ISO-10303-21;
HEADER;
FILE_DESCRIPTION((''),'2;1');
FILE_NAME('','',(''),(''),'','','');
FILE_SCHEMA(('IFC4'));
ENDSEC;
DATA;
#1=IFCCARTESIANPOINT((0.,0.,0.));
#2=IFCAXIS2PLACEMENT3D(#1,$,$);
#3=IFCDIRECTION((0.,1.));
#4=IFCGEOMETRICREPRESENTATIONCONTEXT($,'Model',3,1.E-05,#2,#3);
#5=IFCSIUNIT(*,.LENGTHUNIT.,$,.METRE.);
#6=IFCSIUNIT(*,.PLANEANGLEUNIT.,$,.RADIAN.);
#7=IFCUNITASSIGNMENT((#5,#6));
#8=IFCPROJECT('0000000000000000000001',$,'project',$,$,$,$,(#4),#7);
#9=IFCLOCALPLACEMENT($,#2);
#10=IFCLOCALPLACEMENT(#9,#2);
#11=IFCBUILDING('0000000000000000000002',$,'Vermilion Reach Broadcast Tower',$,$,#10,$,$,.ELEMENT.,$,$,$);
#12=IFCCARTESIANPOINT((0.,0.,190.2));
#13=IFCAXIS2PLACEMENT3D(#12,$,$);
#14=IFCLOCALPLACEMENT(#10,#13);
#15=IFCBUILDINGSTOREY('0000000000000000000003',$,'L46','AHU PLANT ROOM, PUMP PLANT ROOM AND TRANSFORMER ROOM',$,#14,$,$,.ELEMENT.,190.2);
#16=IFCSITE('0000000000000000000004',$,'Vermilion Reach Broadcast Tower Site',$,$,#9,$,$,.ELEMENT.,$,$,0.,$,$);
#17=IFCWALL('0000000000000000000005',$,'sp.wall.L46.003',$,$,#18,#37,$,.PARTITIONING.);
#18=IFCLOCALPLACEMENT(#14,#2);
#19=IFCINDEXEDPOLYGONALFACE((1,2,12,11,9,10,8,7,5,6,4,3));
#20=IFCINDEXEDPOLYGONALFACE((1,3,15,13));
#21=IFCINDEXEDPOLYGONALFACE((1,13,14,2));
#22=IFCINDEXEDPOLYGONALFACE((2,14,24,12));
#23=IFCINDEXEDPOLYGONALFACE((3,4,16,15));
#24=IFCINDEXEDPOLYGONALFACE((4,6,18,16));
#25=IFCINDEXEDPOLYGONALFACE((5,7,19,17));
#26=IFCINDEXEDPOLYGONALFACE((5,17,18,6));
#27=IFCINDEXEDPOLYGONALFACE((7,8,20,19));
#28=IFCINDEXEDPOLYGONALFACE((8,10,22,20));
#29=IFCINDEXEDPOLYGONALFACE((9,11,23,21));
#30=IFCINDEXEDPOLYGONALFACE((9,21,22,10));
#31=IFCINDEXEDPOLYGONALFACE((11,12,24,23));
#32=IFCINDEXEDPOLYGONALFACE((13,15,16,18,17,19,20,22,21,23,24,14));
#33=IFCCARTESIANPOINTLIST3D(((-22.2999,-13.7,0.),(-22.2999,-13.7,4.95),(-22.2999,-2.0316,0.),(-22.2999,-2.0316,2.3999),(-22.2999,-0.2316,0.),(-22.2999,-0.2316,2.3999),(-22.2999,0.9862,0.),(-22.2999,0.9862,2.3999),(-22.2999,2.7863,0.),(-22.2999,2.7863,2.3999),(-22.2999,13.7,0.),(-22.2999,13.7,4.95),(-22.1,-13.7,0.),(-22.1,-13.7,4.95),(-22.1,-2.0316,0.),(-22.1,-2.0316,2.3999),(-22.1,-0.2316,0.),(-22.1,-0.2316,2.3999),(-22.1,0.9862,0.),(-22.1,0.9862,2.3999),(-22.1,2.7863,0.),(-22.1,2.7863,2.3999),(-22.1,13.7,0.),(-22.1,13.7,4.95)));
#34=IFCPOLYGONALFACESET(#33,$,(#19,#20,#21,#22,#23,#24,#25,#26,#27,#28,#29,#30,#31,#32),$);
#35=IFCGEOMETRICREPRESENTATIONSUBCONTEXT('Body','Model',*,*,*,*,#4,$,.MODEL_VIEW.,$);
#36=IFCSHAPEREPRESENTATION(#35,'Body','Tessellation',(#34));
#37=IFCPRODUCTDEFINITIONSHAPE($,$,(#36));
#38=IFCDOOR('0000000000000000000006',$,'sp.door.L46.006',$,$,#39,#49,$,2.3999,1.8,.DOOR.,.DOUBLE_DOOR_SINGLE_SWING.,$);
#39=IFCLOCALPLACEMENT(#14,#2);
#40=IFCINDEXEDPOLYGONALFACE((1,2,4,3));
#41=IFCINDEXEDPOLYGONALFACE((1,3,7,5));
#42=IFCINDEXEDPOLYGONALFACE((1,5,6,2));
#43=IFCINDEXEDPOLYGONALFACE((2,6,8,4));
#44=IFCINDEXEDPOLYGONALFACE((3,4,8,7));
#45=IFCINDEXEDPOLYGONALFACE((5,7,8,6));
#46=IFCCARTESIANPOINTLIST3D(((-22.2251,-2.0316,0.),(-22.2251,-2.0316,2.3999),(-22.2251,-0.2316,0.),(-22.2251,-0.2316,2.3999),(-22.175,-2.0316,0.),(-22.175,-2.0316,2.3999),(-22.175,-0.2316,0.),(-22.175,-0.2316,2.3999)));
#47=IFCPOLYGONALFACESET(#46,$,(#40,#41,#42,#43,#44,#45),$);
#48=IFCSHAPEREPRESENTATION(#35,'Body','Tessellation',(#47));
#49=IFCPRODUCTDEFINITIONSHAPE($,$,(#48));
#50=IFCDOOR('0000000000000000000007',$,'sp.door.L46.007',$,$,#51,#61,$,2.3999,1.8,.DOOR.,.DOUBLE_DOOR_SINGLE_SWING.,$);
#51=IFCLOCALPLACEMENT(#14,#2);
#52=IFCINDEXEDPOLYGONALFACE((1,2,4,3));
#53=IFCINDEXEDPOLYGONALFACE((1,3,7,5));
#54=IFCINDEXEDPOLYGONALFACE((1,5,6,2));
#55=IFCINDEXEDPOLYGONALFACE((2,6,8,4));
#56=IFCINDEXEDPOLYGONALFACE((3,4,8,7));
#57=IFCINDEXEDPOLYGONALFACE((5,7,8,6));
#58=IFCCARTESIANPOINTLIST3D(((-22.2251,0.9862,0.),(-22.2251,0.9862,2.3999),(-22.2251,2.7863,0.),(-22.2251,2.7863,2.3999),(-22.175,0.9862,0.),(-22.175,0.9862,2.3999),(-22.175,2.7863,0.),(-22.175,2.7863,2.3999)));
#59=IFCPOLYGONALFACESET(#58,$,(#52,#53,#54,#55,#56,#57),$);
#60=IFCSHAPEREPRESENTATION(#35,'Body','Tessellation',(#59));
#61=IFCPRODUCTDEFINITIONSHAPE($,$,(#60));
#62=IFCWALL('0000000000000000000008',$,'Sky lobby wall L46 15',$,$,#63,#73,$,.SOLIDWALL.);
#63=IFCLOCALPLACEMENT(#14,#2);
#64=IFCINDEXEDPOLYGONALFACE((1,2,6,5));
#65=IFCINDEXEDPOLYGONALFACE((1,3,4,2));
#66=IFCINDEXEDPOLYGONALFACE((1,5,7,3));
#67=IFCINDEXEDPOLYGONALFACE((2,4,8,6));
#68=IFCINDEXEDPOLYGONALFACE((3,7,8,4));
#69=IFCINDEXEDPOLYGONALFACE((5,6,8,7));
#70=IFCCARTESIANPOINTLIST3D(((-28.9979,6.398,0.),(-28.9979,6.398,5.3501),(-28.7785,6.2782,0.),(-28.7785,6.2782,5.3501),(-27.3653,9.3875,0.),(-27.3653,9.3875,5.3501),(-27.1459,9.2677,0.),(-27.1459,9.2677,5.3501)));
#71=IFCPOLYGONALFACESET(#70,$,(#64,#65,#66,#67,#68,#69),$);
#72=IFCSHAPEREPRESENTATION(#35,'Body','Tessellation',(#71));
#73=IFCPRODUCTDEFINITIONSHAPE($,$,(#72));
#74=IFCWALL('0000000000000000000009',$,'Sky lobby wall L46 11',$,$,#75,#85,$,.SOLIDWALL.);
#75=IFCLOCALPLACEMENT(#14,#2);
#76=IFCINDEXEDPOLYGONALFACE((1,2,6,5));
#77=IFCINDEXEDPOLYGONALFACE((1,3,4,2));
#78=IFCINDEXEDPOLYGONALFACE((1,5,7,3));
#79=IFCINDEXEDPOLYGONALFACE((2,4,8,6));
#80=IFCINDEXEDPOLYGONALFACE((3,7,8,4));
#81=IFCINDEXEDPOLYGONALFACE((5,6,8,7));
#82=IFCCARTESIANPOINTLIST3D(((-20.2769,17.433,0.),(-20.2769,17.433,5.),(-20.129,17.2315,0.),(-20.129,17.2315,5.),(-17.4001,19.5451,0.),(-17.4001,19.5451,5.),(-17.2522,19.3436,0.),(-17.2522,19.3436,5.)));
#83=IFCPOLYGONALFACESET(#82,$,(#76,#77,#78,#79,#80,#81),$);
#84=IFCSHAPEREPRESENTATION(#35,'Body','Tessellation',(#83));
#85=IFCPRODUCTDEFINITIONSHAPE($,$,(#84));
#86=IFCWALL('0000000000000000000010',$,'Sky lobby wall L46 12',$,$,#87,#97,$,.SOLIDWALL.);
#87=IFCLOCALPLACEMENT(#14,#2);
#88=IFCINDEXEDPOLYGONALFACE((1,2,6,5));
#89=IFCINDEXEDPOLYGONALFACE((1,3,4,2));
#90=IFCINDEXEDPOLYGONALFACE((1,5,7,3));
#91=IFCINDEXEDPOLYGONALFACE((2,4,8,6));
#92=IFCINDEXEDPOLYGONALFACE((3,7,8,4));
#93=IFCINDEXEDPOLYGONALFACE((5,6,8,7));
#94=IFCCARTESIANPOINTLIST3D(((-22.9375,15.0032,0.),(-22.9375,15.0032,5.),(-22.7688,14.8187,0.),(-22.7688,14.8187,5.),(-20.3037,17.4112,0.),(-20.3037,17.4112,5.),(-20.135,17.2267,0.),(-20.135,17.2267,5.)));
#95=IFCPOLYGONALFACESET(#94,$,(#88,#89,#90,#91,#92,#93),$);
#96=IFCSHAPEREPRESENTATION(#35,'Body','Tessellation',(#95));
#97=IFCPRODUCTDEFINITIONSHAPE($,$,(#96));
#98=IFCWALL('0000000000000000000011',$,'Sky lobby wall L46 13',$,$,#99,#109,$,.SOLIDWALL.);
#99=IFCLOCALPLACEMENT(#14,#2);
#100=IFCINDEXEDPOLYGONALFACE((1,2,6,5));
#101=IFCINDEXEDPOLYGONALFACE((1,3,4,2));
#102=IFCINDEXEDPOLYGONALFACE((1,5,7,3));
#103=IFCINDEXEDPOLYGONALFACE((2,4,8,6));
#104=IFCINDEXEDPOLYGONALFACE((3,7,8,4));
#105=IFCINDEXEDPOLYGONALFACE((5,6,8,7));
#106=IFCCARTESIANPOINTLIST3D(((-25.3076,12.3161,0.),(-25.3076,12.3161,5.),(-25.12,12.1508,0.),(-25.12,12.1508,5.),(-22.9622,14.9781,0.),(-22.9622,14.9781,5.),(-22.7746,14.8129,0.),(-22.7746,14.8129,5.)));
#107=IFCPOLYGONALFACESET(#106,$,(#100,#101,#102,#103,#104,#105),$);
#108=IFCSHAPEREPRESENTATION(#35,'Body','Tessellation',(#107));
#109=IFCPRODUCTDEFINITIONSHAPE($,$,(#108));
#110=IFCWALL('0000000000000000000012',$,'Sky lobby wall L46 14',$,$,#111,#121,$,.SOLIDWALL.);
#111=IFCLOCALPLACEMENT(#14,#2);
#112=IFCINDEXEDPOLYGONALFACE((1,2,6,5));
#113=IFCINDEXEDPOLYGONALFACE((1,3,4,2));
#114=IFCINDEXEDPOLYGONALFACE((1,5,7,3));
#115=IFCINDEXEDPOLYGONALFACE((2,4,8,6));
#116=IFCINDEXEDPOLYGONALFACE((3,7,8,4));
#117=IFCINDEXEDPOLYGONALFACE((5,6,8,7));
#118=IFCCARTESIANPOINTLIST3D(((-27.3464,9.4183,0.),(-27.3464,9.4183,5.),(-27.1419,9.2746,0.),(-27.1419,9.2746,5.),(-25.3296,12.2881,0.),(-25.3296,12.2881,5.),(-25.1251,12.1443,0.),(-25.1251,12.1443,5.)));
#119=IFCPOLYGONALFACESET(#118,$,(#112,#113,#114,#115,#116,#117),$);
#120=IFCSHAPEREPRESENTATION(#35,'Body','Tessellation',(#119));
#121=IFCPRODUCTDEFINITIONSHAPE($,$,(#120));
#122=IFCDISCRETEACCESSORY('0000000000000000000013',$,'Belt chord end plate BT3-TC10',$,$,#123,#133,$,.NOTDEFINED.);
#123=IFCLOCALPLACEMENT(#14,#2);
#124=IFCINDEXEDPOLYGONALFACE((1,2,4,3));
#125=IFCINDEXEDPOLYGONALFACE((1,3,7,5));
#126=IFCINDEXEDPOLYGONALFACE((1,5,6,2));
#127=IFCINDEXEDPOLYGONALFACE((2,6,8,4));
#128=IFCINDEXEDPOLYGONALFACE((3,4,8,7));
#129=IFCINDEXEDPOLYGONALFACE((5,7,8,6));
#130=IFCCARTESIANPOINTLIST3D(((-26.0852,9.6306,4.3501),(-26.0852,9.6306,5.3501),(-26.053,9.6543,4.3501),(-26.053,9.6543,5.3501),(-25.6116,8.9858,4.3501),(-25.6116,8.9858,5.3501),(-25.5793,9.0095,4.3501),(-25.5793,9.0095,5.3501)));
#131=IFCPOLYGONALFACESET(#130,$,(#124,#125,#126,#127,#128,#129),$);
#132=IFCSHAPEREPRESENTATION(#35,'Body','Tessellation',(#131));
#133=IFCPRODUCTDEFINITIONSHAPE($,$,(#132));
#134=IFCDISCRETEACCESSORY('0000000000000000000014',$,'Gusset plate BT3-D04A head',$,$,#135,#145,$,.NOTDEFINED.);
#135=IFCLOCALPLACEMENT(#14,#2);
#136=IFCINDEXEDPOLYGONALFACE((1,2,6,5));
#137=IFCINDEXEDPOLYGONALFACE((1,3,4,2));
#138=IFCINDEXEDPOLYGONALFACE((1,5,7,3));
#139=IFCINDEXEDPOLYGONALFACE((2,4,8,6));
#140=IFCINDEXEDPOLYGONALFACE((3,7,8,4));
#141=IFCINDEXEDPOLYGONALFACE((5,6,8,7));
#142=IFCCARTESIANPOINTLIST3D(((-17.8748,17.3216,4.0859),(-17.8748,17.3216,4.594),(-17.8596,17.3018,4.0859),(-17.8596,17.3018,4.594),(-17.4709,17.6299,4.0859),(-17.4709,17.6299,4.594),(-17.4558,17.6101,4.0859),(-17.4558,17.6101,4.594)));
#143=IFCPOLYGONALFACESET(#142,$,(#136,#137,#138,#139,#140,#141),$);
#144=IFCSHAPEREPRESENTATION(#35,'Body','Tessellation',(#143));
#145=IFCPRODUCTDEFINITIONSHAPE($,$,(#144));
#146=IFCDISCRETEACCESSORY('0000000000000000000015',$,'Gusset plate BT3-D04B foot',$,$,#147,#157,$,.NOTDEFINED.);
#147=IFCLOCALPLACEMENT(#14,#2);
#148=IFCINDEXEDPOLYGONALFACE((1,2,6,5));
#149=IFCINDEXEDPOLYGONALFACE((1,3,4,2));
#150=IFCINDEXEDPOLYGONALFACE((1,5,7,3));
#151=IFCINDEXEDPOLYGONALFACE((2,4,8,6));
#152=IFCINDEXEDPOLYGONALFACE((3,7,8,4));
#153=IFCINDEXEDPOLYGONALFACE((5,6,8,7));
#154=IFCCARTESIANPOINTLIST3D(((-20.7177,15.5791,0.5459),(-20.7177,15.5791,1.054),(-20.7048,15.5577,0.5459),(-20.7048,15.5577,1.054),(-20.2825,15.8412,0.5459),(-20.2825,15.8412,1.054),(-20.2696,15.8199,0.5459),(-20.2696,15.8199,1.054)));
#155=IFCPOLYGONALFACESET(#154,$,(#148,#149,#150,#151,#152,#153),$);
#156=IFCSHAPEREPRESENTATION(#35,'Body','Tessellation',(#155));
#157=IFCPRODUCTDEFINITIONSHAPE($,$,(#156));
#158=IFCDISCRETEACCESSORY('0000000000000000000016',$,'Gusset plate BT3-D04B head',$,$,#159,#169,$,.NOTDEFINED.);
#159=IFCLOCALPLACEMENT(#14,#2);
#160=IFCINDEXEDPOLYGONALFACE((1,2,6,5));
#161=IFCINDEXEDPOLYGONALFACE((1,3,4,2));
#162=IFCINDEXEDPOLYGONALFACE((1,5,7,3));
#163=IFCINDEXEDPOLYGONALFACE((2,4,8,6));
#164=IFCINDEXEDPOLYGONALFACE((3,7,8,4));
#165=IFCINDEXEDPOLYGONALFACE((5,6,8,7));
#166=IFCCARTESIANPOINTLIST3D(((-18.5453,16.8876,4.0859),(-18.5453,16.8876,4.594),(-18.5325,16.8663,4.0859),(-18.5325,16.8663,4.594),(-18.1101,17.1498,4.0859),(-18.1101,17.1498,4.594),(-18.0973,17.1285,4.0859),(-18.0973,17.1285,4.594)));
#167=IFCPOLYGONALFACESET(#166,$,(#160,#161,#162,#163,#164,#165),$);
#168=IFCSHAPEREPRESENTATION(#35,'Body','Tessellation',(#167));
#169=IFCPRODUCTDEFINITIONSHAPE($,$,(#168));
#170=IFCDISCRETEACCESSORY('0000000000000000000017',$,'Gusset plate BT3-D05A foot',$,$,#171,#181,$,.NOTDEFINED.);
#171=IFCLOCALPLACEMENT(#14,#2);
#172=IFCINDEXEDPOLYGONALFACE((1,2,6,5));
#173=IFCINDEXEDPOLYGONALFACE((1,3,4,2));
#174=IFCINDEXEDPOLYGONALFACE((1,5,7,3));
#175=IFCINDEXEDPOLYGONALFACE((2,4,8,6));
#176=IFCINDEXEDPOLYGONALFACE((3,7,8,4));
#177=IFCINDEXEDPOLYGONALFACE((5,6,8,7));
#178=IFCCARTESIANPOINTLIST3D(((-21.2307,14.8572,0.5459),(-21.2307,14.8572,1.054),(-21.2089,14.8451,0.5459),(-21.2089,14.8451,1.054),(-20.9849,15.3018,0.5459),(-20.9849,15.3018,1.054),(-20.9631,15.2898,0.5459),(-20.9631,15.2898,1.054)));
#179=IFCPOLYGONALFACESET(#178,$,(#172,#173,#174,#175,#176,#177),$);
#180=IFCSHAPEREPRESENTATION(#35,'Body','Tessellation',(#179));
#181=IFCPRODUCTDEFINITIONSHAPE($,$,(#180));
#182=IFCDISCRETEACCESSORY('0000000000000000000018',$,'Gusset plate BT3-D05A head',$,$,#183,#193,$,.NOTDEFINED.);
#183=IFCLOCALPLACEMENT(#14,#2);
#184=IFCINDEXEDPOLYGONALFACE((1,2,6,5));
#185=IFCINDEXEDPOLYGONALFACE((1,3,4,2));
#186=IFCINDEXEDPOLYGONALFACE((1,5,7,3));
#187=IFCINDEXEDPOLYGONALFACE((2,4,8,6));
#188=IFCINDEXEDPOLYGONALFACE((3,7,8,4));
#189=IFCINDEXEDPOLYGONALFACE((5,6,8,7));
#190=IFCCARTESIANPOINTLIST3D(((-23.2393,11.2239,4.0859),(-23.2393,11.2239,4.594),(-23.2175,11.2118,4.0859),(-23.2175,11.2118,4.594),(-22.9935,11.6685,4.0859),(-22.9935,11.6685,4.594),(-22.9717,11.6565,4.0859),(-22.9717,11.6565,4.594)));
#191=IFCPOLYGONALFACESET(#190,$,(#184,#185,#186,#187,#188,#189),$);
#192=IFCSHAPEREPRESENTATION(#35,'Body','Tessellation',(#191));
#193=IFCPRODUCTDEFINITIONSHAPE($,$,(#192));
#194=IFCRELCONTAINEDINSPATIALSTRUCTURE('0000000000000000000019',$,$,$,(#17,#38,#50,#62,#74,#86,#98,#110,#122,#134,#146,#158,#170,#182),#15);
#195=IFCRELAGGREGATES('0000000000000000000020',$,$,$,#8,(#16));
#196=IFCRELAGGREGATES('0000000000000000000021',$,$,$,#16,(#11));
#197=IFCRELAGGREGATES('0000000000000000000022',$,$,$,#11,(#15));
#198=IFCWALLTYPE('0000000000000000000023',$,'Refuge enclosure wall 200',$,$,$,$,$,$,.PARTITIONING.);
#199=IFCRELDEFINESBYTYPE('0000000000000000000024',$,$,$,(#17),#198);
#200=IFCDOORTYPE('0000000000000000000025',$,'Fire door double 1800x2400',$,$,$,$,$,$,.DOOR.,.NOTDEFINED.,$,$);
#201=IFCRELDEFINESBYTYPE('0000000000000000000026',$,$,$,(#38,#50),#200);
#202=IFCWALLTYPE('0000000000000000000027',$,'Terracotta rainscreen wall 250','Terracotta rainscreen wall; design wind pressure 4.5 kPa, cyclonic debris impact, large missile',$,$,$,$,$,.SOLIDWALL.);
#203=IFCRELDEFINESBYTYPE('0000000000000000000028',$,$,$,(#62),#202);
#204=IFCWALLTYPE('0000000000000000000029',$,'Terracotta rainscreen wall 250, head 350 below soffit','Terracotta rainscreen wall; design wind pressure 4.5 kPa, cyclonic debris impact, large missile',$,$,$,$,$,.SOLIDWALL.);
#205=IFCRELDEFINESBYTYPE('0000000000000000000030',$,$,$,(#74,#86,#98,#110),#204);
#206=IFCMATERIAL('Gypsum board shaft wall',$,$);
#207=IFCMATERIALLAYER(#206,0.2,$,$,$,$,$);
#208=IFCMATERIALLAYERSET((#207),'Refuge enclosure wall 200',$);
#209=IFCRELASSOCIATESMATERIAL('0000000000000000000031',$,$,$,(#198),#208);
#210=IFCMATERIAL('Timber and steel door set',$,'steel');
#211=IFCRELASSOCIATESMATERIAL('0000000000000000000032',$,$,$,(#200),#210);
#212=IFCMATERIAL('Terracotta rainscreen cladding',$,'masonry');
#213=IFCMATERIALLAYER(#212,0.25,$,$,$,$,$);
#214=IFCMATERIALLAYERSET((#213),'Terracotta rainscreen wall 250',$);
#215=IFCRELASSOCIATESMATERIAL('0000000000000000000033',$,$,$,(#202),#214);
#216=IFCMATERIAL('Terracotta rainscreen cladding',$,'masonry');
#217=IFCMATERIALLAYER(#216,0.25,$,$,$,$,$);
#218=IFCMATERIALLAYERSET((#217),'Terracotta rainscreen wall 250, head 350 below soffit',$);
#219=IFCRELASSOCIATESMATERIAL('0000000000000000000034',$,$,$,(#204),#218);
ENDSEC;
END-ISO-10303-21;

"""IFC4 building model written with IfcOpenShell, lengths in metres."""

from ifc_helpers import new_model, si_unit, direction, frame, frame_2d, origin, origin_2d, place, context, subcontext, project, spatial, rectangle, extrude, material, layer, layer_set, type_object, element, fill, save


model = new_model("IFC4")

# Units and contexts
model_context = context("Model", 3, precision=1e-05, world=origin(), true_north=direction((0.0, 1.0)))
body_context = subcontext(model_context, "Body", "Model", "MODEL_VIEW")
ifc_project = project(units=[si_unit("LENGTHUNIT", "METRE"), si_unit("PLANEANGLEUNIT", "RADIAN")], contexts=[model_context])

# Site, building, storey
site_placement = place(None, origin())
site = spatial("IfcSite", under=ifc_project, at=site_placement, Name="Vermilion Reach Broadcast Tower Site", CompositionType="ELEMENT", RefElevation=0.0)
building_placement = place(site_placement, origin())
building = spatial("IfcBuilding", under=site, at=building_placement, Name="Vermilion Reach Broadcast Tower", CompositionType="ELEMENT")
storey_placement = place(building_placement, frame((0.0, 0.0, 190.2)))
storey = spatial("IfcBuildingStorey", under=building, at=storey_placement, Name="L46", Description="AHU PLANT ROOM, PUMP PLANT ROOM AND TRANSFORMER ROOM", CompositionType="ELEMENT", Elevation=190.2)

# Wall, openings, doors
ifc_material_1 = material(Name="Gypsum board shaft wall")
ifc_layer_1 = layer(ifc_material_1, 0.2)
ifc_layer_set_1 = layer_set([ifc_layer_1], Name="Refuge enclosure wall 200")
wall_type_1 = type_object("IfcWallType", Name="Refuge enclosure wall 200", PredefinedType="PARTITIONING", material=ifc_layer_set_1)
wall_1_placement = place(storey_placement, frame((-22.2, 13.7, 0.0), z_axis=(0.0, 0.0, 1.0), x_axis=(0.0, -1.0, 0.0)))
wall_1 = element("IfcWall", 1, at=wall_1_placement, inside=storey, type_object=wall_type_1, Name="sp.wall.L46.003", PredefinedType="PARTITIONING", context=body_context, shape_type="SweptSolid", body=[
    extrude(rectangle(XDim=27.3999, YDim=0.2, at=frame_2d((13.7, 0.0))), origin(), (0.0, 0.0, 1.0), 4.95),
])
opening_1_placement = place(wall_1_placement, frame((13.9316, 0.0, 0.0)))
opening_1 = element("IfcOpeningElement", 2, at=opening_1_placement, cuts=wall_1, PredefinedType="OPENING", context=body_context, shape_type="SweptSolid", body=[
    extrude(rectangle(XDim=1.8, YDim=2.3999, at=frame_2d((0.8999, 1.2))), frame((0.0, 0.1099, 0.0), z_axis=(0.0, -1.0, 0.0), x_axis=(1.0, 0.0, 0.0)), (0.0, 0.0, 1.0), 0.22),
])
opening_2_placement = place(wall_1_placement, frame((10.9138, 0.0, 0.0)))
opening_2 = element("IfcOpeningElement", 3, at=opening_2_placement, cuts=wall_1, PredefinedType="OPENING", context=body_context, shape_type="SweptSolid", body=[
    extrude(rectangle(XDim=1.8, YDim=2.3999, at=frame_2d((0.8999, 1.2))), frame((0.0, 0.1099, 0.0), z_axis=(0.0, -1.0, 0.0), x_axis=(1.0, 0.0, 0.0)), (0.0, 0.0, 1.0), 0.22),
])
ifc_material_2 = material(Name="Timber and steel door set", Category="steel")
door_type = type_object("IfcDoorType", Name="Fire door double 1800x2400", OperationType="NOTDEFINED", PredefinedType="DOOR", material=ifc_material_2)
door_1_placement = place(opening_1_placement, origin())
door_1 = element("IfcDoor", 4, at=door_1_placement, inside=storey, type_object=door_type, Name="sp.door.L46.006", OperationType="DOUBLE_DOOR_SINGLE_SWING", OverallHeight=2.3999, OverallWidth=1.8, PredefinedType="DOOR", context=body_context, shape_type="SweptSolid", body=[
    extrude(rectangle(XDim=1.8, YDim=2.3999, at=frame_2d((0.8999, 1.2))), frame((0.0, 0.0249, 0.0), z_axis=(0.0, -1.0, 0.0), x_axis=(1.0, 0.0, 0.0)), (0.0, 0.0, 1.0), 0.05),
])
fill(opening_1, door_1)
door_2_placement = place(opening_2_placement, origin())
door_2 = element("IfcDoor", 5, at=door_2_placement, inside=storey, type_object=door_type, Name="sp.door.L46.007", OperationType="DOUBLE_DOOR_SINGLE_SWING", OverallHeight=2.3999, OverallWidth=1.8, PredefinedType="DOOR", context=body_context, shape_type="SweptSolid", body=[
    extrude(rectangle(XDim=1.8, YDim=2.3999, at=frame_2d((0.8999, 1.2))), frame((0.0, 0.0249, 0.0), z_axis=(0.0, -1.0, 0.0), x_axis=(1.0, 0.0, 0.0)), (0.0, 0.0, 1.0), 0.05),
])
fill(opening_2, door_2)

# Walls
ifc_material_3 = material(Name="Terracotta rainscreen cladding", Category="masonry")
ifc_layer_2 = layer(ifc_material_3, 0.25)
ifc_layer_set_2 = layer_set([ifc_layer_2], Name="Terracotta rainscreen wall 250")
wall_type_2 = type_object("IfcWallType", Name="Terracotta rainscreen wall 250", Description="Terracotta rainscreen wall; design wind pressure 4.5 kPa, cyclonic debris impact, large missile", PredefinedType="SOLIDWALL", material=ifc_layer_set_2)
wall_2_placement = place(storey_placement, frame((-27.2556, 9.3276, 0.0), z_axis=(0.0, 0.0, 1.0), x_axis=(-0.479289, -0.877657, 0.0)))
element("IfcWall", 6, at=wall_2_placement, inside=storey, type_object=wall_type_2, Name="Sky lobby wall L46 15", PredefinedType="SOLIDWALL", context=body_context, shape_type="SweptSolid", body=[
    extrude(rectangle(XDim=3.4062, YDim=0.25, at=frame_2d((1.7031, 0.0))), origin(), (0.0, 0.0, 1.0), 5.3501),
])
ifc_material_4 = material(Name="Terracotta rainscreen cladding", Category="masonry")
ifc_layer_3 = layer(ifc_material_4, 0.25)
ifc_layer_set_3 = layer_set([ifc_layer_3], Name="Terracotta rainscreen wall 250, head 350 below soffit")
wall_type_3 = type_object("IfcWallType", Name="Terracotta rainscreen wall 250, head 350 below soffit", Description="Terracotta rainscreen wall; design wind pressure 4.5 kPa, cyclonic debris impact, large missile", PredefinedType="SOLIDWALL", material=ifc_layer_set_3)
wall_3_placement = place(storey_placement, frame((-17.3262, 19.4443, 0.0), z_axis=(0.0, 0.0, 1.0), x_axis=(-0.806074, -0.591814, 0.0)))
element("IfcWall", 7, at=wall_3_placement, inside=storey, type_object=wall_type_3, Name="Sky lobby wall L46 11", PredefinedType="SOLIDWALL", context=body_context, shape_type="SweptSolid", body=[
    extrude(rectangle(XDim=3.5688, YDim=0.25, at=frame_2d((1.7844, 0.0))), origin(), (0.0, 0.0, 1.0), 5.0),
])
wall_4_placement = place(storey_placement, frame((-20.2195, 17.3188, 0.0), z_axis=(0.0, 0.0, 1.0), x_axis=(-0.73804, -0.674757, 0.0)))
element("IfcWall", 8, at=wall_4_placement, inside=storey, type_object=wall_type_3, Name="Sky lobby wall L46 12", PredefinedType="SOLIDWALL", context=body_context, shape_type="SweptSolid", body=[
    extrude(rectangle(XDim=3.5686, YDim=0.25, at=frame_2d((1.7842, 0.0))), origin(), (0.0, 0.0, 1.0), 5.0),
])
wall_5_placement = place(storey_placement, frame((-22.8684, 14.8955, 0.0), z_axis=(0.0, 0.0, 1.0), x_axis=(-0.661073, -0.750322, 0.0)))
element("IfcWall", 9, at=wall_5_placement, inside=storey, type_object=wall_type_3, Name="Sky lobby wall L46 13", PredefinedType="SOLIDWALL", context=body_context, shape_type="SweptSolid", body=[
    extrude(rectangle(XDim=3.5479, YDim=0.25, at=frame_2d((1.7739, 0.0))), origin(), (0.0, 0.0, 1.0), 5.0),
])
wall_6_placement = place(storey_placement, frame((-25.2273, 12.2163, 0.0), z_axis=(0.0, 0.0, 1.0), x_axis=(-0.57498, -0.818168, 0.0)))
element("IfcWall", 10, at=wall_6_placement, inside=storey, type_object=wall_type_3, Name="Sky lobby wall L46 14", PredefinedType="SOLIDWALL", context=body_context, shape_type="SweptSolid", body=[
    extrude(rectangle(XDim=3.5076, YDim=0.25, at=frame_2d((1.7539, 0.0))), origin(), (0.0, 0.0, 1.0), 5.0),
])

# Discrete accessories
discrete_accessory_placement = place(storey_placement, frame((-25.8323, 9.3201, 4.3501), z_axis=(0.0, 0.0, 1.0), x_axis=(-0.805937, -0.592001, 0.0)))
element("IfcDiscreteAccessory", 11, at=discrete_accessory_placement, inside=storey, Name="Belt chord end plate BT3-TC10", PredefinedType="NOTDEFINED", context=body_context, shape_type="SweptSolid", body=[
    extrude(rectangle(XDim=0.04, YDim=0.8, at=origin_2d()), origin(), (0.0, 0.0, 1.0), 1.0),
])
for number, where, z_axis, x_axis, name in (
    (12, (-17.6653, 17.4658, 4.0859), (0.0, 0.0, 1.0), (0.606799, -0.794856, 0.0), "Gusset plate BT3-D04A head"),
    (13, (-20.4937, 15.6995, 0.5459), (0.0, 0.0, 1.0), (-0.515981, 0.8566, 0.0), "Gusset plate BT3-D04B foot"),
    (14, (-18.3213, 17.0081, 4.0859), (0.0, 0.0, 1.0), (-0.515981, 0.8566, 0.0), "Gusset plate BT3-D04B head"),
    (15, (-21.0969, 15.0735, 0.5459), (0.0, 0.0, 1.0), (0.875163, -0.483827, 0.0), "Gusset plate BT3-D05A foot"),
    (16, (-23.1055, 11.4402, 4.0859), (0.0, 0.0, 1.0), (0.875163, -0.483827, 0.0), "Gusset plate BT3-D05A head"),
):
    element("IfcDiscreteAccessory", number, at=place(storey_placement, frame(where, z_axis=z_axis, x_axis=x_axis)), inside=storey, Name=name, PredefinedType="NOTDEFINED", context=body_context, shape_type="SweptSolid", body=[
        extrude(rectangle(XDim=0.0249, YDim=0.5081, at=origin_2d()), origin(), (0.0, 0.0, 1.0), 0.5081),
    ])

save(model, "model.ifc")
